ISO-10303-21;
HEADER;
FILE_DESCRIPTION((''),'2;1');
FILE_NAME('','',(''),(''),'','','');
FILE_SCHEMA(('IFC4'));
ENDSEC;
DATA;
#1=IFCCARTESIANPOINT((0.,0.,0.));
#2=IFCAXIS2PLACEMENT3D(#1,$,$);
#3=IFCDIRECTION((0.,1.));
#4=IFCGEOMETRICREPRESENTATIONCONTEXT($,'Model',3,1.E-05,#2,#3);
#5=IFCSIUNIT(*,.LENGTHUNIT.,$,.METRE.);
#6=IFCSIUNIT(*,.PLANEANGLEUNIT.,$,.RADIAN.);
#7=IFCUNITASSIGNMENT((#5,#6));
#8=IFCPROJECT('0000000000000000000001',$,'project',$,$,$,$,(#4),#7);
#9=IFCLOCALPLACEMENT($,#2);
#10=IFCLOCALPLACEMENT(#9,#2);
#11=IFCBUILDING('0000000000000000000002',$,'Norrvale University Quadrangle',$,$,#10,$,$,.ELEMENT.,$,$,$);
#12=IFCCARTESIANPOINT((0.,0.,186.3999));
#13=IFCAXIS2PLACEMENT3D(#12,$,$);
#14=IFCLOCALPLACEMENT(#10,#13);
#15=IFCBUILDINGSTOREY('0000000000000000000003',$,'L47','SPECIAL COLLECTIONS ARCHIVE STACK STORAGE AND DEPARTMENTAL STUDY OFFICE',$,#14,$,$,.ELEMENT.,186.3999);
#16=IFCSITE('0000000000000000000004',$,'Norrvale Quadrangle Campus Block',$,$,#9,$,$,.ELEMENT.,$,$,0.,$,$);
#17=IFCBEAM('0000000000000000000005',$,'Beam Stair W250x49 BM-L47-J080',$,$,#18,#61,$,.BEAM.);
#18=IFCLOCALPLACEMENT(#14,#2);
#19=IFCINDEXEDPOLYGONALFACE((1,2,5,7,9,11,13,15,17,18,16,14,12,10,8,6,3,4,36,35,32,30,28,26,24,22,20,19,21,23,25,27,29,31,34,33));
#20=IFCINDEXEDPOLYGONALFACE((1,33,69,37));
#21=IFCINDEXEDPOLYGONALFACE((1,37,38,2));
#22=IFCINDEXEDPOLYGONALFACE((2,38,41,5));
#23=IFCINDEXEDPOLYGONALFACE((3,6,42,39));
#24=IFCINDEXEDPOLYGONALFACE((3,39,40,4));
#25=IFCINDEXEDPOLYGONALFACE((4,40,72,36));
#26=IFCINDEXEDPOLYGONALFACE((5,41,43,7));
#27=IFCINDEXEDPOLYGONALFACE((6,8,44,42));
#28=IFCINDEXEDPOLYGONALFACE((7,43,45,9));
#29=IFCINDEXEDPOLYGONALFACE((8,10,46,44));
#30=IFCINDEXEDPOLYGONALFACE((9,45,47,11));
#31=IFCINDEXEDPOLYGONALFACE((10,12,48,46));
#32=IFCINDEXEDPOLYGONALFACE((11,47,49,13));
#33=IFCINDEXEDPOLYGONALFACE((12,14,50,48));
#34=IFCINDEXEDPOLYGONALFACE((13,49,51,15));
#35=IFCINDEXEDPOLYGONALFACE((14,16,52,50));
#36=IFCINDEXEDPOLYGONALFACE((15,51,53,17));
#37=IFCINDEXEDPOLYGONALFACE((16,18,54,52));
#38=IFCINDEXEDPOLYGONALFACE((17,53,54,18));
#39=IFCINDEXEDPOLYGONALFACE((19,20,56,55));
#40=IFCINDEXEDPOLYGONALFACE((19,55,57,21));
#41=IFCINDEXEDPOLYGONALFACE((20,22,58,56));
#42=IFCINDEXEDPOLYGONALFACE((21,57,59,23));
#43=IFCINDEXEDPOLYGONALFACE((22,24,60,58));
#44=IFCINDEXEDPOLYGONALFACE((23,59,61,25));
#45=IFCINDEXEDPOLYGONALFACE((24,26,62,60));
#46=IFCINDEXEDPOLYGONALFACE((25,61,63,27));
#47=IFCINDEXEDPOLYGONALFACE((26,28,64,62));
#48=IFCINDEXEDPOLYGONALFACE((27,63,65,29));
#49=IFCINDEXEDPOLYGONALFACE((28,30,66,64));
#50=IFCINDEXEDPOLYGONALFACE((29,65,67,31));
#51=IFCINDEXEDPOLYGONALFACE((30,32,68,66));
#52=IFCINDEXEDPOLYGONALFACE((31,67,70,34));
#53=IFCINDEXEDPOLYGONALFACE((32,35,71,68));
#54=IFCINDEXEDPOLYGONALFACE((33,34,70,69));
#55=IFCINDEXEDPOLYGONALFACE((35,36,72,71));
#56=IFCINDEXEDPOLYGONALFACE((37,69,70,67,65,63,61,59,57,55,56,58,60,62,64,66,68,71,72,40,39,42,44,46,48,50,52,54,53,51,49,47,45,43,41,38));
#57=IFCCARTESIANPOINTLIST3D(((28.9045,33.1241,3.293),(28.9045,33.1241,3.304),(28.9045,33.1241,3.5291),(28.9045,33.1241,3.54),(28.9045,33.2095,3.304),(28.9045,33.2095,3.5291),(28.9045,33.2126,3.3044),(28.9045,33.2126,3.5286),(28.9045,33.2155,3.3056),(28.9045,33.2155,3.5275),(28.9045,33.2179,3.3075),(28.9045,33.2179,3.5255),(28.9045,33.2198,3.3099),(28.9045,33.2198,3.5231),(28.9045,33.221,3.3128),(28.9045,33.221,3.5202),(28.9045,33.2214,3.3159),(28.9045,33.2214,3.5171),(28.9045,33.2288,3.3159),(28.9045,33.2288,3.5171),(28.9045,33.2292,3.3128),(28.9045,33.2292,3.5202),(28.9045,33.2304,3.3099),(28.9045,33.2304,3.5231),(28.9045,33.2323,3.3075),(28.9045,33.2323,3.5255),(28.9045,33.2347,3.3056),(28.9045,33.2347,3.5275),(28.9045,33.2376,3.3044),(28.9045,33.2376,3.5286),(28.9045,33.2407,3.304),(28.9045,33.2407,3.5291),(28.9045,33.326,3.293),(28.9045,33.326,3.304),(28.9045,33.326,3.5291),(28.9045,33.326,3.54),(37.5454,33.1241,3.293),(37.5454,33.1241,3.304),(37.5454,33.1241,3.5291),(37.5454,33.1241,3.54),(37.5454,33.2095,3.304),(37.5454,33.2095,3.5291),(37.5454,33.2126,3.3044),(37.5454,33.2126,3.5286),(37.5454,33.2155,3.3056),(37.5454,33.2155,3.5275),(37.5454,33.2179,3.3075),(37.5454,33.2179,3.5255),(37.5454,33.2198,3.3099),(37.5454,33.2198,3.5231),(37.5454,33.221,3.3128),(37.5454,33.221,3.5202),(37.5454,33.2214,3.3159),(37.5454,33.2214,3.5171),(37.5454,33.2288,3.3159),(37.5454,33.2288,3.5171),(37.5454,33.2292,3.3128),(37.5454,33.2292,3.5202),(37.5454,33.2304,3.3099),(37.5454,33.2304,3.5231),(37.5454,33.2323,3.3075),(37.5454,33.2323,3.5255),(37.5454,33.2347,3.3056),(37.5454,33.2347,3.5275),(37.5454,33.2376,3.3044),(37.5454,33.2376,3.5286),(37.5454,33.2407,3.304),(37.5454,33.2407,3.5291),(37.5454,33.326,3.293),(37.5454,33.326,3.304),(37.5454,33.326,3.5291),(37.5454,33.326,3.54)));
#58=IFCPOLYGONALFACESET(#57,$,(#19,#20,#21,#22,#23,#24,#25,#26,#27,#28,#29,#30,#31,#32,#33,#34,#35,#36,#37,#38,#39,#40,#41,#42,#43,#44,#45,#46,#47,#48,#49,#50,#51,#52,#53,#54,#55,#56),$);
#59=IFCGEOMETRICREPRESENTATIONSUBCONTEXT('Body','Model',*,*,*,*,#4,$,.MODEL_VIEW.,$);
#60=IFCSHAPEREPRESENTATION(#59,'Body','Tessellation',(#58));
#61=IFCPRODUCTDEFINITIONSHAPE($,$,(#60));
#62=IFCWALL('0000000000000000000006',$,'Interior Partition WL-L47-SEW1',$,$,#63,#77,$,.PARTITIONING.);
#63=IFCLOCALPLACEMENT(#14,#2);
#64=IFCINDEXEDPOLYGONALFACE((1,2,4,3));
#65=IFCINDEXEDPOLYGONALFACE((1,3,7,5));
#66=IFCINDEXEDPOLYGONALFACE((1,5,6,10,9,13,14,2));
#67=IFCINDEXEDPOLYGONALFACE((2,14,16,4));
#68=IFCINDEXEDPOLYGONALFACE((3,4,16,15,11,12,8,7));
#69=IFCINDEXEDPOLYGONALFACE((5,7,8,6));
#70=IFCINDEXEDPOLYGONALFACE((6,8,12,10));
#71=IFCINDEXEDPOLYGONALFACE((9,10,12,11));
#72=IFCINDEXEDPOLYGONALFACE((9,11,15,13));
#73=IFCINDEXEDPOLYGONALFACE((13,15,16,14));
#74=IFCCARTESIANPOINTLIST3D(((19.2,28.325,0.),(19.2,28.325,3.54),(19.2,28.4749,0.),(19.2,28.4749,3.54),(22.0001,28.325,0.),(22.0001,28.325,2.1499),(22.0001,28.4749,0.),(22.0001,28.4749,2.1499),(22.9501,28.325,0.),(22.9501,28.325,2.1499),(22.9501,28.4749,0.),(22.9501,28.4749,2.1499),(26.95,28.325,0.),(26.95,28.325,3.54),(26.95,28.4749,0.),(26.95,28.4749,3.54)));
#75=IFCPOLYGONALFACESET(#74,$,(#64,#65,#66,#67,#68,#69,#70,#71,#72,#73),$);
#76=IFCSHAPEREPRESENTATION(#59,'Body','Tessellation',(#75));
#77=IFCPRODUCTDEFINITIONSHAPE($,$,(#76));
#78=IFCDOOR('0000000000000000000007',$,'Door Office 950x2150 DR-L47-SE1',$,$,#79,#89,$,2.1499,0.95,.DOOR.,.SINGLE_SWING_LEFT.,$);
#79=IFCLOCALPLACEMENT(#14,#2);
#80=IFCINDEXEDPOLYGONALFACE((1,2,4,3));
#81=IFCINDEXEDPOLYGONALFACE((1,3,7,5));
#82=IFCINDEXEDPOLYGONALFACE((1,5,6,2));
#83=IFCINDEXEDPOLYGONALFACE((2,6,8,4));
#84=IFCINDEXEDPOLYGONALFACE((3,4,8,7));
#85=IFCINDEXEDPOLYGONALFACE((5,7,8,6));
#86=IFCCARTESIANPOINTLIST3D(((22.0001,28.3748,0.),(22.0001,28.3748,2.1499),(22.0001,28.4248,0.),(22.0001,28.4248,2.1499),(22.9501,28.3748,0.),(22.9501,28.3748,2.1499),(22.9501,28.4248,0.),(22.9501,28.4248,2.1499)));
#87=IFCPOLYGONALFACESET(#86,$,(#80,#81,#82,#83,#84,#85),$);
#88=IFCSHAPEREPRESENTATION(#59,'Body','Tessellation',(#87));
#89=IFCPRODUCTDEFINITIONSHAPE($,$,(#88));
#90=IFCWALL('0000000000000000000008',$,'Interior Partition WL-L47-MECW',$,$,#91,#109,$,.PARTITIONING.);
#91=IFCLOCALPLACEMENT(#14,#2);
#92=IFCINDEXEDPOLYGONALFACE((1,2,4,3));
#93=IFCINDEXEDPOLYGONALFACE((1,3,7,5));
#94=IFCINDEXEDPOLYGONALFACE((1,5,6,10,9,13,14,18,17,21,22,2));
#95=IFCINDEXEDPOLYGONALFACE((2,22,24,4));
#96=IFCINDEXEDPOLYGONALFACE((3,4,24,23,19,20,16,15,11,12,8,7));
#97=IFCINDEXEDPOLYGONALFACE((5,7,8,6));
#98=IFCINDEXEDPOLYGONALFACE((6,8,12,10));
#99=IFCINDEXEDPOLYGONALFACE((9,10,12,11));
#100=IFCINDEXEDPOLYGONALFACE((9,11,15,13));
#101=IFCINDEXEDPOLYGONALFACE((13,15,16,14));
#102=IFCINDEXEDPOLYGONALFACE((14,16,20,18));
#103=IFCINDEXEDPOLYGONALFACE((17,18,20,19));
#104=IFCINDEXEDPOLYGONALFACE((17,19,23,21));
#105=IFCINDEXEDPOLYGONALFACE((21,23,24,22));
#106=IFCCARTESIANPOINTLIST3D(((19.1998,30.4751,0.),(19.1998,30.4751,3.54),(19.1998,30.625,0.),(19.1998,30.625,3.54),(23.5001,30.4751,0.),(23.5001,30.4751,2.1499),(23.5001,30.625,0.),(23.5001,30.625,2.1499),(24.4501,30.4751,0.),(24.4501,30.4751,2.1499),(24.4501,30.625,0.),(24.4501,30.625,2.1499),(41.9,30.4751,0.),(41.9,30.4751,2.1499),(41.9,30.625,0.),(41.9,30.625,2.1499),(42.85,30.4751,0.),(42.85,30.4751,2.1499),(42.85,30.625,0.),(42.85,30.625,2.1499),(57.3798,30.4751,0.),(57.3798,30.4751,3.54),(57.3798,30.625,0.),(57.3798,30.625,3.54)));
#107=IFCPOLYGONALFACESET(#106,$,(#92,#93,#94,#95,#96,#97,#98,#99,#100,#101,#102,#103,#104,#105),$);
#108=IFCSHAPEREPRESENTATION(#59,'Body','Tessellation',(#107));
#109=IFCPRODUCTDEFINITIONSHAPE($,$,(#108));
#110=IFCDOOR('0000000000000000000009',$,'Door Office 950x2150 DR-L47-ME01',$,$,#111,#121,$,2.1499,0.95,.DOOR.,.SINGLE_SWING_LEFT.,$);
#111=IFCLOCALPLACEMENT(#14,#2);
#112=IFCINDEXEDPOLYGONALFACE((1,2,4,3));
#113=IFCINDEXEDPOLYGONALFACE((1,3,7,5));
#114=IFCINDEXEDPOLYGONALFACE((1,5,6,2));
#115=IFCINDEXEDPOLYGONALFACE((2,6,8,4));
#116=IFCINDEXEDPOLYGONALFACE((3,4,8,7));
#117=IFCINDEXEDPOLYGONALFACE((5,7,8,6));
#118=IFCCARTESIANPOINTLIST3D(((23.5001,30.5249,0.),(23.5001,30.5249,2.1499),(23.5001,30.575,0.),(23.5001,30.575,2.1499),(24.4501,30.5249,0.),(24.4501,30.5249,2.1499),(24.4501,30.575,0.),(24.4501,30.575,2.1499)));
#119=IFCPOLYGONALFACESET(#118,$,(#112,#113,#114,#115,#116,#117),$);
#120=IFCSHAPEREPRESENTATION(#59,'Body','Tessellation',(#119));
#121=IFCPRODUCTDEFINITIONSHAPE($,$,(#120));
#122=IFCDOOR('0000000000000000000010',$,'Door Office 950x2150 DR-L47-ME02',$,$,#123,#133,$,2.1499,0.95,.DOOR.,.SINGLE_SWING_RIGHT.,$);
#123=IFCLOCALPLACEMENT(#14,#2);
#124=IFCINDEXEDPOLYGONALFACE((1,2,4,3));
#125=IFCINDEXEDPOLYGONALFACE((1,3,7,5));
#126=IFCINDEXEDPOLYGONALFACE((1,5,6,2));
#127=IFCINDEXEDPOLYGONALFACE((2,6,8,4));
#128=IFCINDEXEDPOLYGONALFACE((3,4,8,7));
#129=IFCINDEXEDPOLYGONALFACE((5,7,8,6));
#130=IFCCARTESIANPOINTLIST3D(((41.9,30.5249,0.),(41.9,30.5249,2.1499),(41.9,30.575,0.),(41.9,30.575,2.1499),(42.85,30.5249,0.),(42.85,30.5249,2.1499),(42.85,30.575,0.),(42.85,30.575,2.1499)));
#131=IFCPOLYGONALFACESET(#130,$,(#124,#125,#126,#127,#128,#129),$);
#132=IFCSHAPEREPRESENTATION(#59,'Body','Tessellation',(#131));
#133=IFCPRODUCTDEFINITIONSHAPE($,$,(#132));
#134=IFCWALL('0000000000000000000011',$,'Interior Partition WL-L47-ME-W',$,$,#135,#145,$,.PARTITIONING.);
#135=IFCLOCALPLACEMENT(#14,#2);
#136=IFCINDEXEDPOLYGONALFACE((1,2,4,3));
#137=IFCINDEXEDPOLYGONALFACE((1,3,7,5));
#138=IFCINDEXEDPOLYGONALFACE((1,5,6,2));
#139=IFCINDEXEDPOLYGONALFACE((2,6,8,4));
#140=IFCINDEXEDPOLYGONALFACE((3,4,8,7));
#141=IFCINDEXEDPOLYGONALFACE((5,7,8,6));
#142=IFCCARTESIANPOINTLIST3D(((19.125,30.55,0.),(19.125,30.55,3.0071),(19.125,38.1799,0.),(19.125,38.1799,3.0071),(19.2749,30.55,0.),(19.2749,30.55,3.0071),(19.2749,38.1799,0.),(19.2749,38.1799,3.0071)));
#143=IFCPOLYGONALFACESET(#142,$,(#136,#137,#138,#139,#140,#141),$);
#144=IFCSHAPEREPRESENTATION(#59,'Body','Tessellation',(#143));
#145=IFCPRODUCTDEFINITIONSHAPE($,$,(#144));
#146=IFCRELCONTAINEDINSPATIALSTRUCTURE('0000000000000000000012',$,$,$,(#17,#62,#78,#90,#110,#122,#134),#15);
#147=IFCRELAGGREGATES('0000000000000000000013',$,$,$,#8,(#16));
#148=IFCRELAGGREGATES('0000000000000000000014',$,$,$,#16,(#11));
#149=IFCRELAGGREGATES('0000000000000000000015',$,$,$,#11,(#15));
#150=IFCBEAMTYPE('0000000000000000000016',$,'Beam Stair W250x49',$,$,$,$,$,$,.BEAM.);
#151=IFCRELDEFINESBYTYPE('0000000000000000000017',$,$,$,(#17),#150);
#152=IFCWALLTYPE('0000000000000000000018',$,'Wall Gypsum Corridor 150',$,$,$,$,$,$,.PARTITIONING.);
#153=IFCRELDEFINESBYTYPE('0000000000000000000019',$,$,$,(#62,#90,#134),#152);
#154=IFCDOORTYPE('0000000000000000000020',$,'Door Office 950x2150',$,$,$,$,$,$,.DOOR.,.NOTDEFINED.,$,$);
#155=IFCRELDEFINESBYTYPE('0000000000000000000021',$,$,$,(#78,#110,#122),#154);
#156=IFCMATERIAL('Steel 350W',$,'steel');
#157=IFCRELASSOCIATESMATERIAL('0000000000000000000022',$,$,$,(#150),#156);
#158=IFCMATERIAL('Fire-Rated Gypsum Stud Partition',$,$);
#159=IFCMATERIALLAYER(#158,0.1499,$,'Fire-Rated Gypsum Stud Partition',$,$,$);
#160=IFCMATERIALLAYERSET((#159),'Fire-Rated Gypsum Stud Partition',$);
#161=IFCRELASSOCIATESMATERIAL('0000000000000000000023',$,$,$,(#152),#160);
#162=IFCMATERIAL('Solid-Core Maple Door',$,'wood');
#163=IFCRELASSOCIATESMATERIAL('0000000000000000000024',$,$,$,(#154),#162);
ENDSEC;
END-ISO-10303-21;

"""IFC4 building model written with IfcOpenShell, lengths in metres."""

from ifc_helpers import new_model, si_unit, direction, frame, frame_2d, origin, origin_2d, place, context, subcontext, project, spatial, rectangle, i_section, extrude, material, layer, layer_set, material_profile, profile_set, type_object, element, fill, save


model = new_model("IFC4")

# Units and contexts
model_context = context("Model", 3, precision=1e-05, world=origin(), true_north=direction((0.0, 1.0)))
body_context = subcontext(model_context, "Body", "Model", "MODEL_VIEW")
ifc_project = project(units=[si_unit("LENGTHUNIT", "METRE"), si_unit("PLANEANGLEUNIT", "RADIAN")], contexts=[model_context])

# Site, building, storey
site_placement = place(None, origin())
site = spatial("IfcSite", under=ifc_project, at=site_placement, Name="Norrvale Quadrangle Campus Block", CompositionType="ELEMENT", RefElevation=0.0)
building_placement = place(site_placement, origin())
building = spatial("IfcBuilding", under=site, at=building_placement, Name="Norrvale University Quadrangle", CompositionType="ELEMENT")
storey_placement = place(building_placement, frame((0.0, 0.0, 186.3999)))
storey = spatial("IfcBuildingStorey", under=building, at=storey_placement, Name="L47", Description="SPECIAL COLLECTIONS ARCHIVE STACK STORAGE AND DEPARTMENTAL STUDY OFFICE", CompositionType="ELEMENT", Elevation=186.3999)

# Beam
ifc_material_1 = material(Name="Steel 350W", Category="steel")
ifc_material_profile_1 = material_profile(ifc_material_1, i_section(OverallWidth=0.2019, OverallDepth=0.2471, WebThickness=0.0073, FlangeThickness=0.011, FilletRadius=0.012, at=origin_2d()), Name="Steel 350W")
ifc_profile_set_1 = profile_set([ifc_material_profile_1], Name="Steel 350W")
beam_type_1 = type_object("IfcBeamType", Name="Beam Stair W250x49", PredefinedType="BEAM", material=ifc_profile_set_1)
for number, where, z_axis, x_axis, name in (
    (1, (28.9045, 33.2251, 3.4165), (1.0, 0.0, 0.0), (0.0, 1.0, 0.0), "Beam Stair W250x49 BM-L47-J080"),
):
    element("IfcBeam", number, at=place(storey_placement, frame(where, z_axis=z_axis, x_axis=x_axis)), inside=storey, type_object=beam_type_1, Name=name, PredefinedType="BEAM", context=body_context, shape_type="SweptSolid", body=[
        extrude(i_section(OverallWidth=0.2019, OverallDepth=0.2471, WebThickness=0.0073, FlangeThickness=0.011, FilletRadius=0.012, at=origin_2d()), origin(), (0.0, 0.0, 1.0), 8.6409),
    ])

# Wall, opening, door
ifc_material_2 = material(Name="Fire-Rated Gypsum Stud Partition")
ifc_layer = layer(ifc_material_2, 0.1499, Name="Fire-Rated Gypsum Stud Partition")
ifc_layer_set = layer_set([ifc_layer], Name="Fire-Rated Gypsum Stud Partition")
wall_type = type_object("IfcWallType", Name="Wall Gypsum Corridor 150", PredefinedType="PARTITIONING", material=ifc_layer_set)
wall_1_placement = place(storey_placement, frame((19.2, 28.3999, 0.0), z_axis=(0.0, 0.0, 1.0), x_axis=(1.0, 0.0, 0.0)))
wall_1 = element("IfcWall", 2, at=wall_1_placement, inside=storey, type_object=wall_type, Name="Interior Partition WL-L47-SEW1", PredefinedType="PARTITIONING", context=body_context, shape_type="SweptSolid", body=[
    extrude(rectangle(XDim=7.75, YDim=0.1499, at=frame_2d((3.875, 0.0))), origin(), (0.0, 0.0, 1.0), 3.54),
])
opening_1_placement = place(wall_1_placement, frame((2.8, 0.0, 0.0)))
opening_1 = element("IfcOpeningElement", 3, at=opening_1_placement, cuts=wall_1, PredefinedType="OPENING", context=body_context, shape_type="SweptSolid", body=[
    extrude(rectangle(XDim=0.95, YDim=2.1499, at=frame_2d((0.4751, 1.075))), frame((0.0, 0.0869, 0.0), z_axis=(0.0, -1.0, 0.0), x_axis=(1.0, 0.0, 0.0)), (0.0, 0.0, 1.0), 0.1738),
])
ifc_material_3 = material(Name="Solid-Core Maple Door", Category="wood")
door_type = type_object("IfcDoorType", Name="Door Office 950x2150", OperationType="NOTDEFINED", PredefinedType="DOOR", material=ifc_material_3)
door_1_placement = place(opening_1_placement, origin())
door_1 = element("IfcDoor", 4, at=door_1_placement, inside=storey, type_object=door_type, Name="Door Office 950x2150 DR-L47-SE1", OperationType="SINGLE_SWING_LEFT", OverallHeight=2.1499, OverallWidth=0.95, PredefinedType="DOOR", context=body_context, shape_type="SweptSolid", body=[
    extrude(rectangle(XDim=0.95, YDim=2.1499, at=frame_2d((0.4751, 1.075))), frame((0.0, 0.0249, 0.0), z_axis=(0.0, -1.0, 0.0), x_axis=(1.0, 0.0, 0.0)), (0.0, 0.0, 1.0), 0.05),
])
fill(opening_1, door_1)

# Wall, openings, doors
wall_2_placement = place(storey_placement, frame((19.2, 30.55, 0.0), z_axis=(0.0, 0.0, 1.0), x_axis=(1.0, 0.0, 0.0)))
wall_2 = element("IfcWall", 5, at=wall_2_placement, inside=storey, type_object=wall_type, Name="Interior Partition WL-L47-MECW", PredefinedType="PARTITIONING", context=body_context, shape_type="SweptSolid", body=[
    extrude(rectangle(XDim=38.1799, YDim=0.1499, at=frame_2d((19.0898, 0.0))), origin(), (0.0, 0.0, 1.0), 3.54),
])
opening_2_placement = place(wall_2_placement, frame((4.3, 0.0, 0.0)))
opening_2 = element("IfcOpeningElement", 6, at=opening_2_placement, cuts=wall_2, PredefinedType="OPENING", context=body_context, shape_type="SweptSolid", body=[
    extrude(rectangle(XDim=0.95, YDim=2.1499, at=frame_2d((0.4751, 1.075))), frame((0.0, 0.0869, 0.0), z_axis=(0.0, -1.0, 0.0), x_axis=(1.0, 0.0, 0.0)), (0.0, 0.0, 1.0), 0.1738),
])
opening_3_placement = place(wall_2_placement, frame((22.7, 0.0, 0.0)))
opening_3 = element("IfcOpeningElement", 7, at=opening_3_placement, cuts=wall_2, PredefinedType="OPENING", context=body_context, shape_type="SweptSolid", body=[
    extrude(rectangle(XDim=0.95, YDim=2.1499, at=frame_2d((0.4751, 1.075))), frame((0.0, 0.0869, 0.0), z_axis=(0.0, -1.0, 0.0), x_axis=(1.0, 0.0, 0.0)), (0.0, 0.0, 1.0), 0.1738),
])
door_2_placement = place(opening_2_placement, origin())
door_2 = element("IfcDoor", 8, at=door_2_placement, inside=storey, type_object=door_type, Name="Door Office 950x2150 DR-L47-ME01", OperationType="SINGLE_SWING_LEFT", OverallHeight=2.1499, OverallWidth=0.95, PredefinedType="DOOR", context=body_context, shape_type="SweptSolid", body=[
    extrude(rectangle(XDim=0.95, YDim=2.1499, at=frame_2d((0.4751, 1.075))), frame((0.0, 0.0249, 0.0), z_axis=(0.0, -1.0, 0.0), x_axis=(1.0, 0.0, 0.0)), (0.0, 0.0, 1.0), 0.05),
])
fill(opening_2, door_2)
door_3_placement = place(opening_3_placement, origin())
door_3 = element("IfcDoor", 9, at=door_3_placement, inside=storey, type_object=door_type, Name="Door Office 950x2150 DR-L47-ME02", OperationType="SINGLE_SWING_RIGHT", OverallHeight=2.1499, OverallWidth=0.95, PredefinedType="DOOR", context=body_context, shape_type="SweptSolid", body=[
    extrude(rectangle(XDim=0.95, YDim=2.1499, at=frame_2d((0.4751, 1.075))), frame((0.0, 0.0249, 0.0), z_axis=(0.0, -1.0, 0.0), x_axis=(1.0, 0.0, 0.0)), (0.0, 0.0, 1.0), 0.05),
])
fill(opening_3, door_3)

# Wall
wall_3_placement = place(storey_placement, frame((19.2, 30.55, 0.0), z_axis=(0.0, 0.0, 1.0), x_axis=(0.0, 1.0, 0.0)))
element("IfcWall", 10, at=wall_3_placement, inside=storey, type_object=wall_type, Name="Interior Partition WL-L47-ME-W", PredefinedType="PARTITIONING", context=body_context, shape_type="SweptSolid", body=[
    extrude(rectangle(XDim=7.6299, YDim=0.1499, at=frame_2d((3.8149, 0.0))), origin(), (0.0, 0.0, 1.0), 3.0071),
])

save(model, "model.ifc")
